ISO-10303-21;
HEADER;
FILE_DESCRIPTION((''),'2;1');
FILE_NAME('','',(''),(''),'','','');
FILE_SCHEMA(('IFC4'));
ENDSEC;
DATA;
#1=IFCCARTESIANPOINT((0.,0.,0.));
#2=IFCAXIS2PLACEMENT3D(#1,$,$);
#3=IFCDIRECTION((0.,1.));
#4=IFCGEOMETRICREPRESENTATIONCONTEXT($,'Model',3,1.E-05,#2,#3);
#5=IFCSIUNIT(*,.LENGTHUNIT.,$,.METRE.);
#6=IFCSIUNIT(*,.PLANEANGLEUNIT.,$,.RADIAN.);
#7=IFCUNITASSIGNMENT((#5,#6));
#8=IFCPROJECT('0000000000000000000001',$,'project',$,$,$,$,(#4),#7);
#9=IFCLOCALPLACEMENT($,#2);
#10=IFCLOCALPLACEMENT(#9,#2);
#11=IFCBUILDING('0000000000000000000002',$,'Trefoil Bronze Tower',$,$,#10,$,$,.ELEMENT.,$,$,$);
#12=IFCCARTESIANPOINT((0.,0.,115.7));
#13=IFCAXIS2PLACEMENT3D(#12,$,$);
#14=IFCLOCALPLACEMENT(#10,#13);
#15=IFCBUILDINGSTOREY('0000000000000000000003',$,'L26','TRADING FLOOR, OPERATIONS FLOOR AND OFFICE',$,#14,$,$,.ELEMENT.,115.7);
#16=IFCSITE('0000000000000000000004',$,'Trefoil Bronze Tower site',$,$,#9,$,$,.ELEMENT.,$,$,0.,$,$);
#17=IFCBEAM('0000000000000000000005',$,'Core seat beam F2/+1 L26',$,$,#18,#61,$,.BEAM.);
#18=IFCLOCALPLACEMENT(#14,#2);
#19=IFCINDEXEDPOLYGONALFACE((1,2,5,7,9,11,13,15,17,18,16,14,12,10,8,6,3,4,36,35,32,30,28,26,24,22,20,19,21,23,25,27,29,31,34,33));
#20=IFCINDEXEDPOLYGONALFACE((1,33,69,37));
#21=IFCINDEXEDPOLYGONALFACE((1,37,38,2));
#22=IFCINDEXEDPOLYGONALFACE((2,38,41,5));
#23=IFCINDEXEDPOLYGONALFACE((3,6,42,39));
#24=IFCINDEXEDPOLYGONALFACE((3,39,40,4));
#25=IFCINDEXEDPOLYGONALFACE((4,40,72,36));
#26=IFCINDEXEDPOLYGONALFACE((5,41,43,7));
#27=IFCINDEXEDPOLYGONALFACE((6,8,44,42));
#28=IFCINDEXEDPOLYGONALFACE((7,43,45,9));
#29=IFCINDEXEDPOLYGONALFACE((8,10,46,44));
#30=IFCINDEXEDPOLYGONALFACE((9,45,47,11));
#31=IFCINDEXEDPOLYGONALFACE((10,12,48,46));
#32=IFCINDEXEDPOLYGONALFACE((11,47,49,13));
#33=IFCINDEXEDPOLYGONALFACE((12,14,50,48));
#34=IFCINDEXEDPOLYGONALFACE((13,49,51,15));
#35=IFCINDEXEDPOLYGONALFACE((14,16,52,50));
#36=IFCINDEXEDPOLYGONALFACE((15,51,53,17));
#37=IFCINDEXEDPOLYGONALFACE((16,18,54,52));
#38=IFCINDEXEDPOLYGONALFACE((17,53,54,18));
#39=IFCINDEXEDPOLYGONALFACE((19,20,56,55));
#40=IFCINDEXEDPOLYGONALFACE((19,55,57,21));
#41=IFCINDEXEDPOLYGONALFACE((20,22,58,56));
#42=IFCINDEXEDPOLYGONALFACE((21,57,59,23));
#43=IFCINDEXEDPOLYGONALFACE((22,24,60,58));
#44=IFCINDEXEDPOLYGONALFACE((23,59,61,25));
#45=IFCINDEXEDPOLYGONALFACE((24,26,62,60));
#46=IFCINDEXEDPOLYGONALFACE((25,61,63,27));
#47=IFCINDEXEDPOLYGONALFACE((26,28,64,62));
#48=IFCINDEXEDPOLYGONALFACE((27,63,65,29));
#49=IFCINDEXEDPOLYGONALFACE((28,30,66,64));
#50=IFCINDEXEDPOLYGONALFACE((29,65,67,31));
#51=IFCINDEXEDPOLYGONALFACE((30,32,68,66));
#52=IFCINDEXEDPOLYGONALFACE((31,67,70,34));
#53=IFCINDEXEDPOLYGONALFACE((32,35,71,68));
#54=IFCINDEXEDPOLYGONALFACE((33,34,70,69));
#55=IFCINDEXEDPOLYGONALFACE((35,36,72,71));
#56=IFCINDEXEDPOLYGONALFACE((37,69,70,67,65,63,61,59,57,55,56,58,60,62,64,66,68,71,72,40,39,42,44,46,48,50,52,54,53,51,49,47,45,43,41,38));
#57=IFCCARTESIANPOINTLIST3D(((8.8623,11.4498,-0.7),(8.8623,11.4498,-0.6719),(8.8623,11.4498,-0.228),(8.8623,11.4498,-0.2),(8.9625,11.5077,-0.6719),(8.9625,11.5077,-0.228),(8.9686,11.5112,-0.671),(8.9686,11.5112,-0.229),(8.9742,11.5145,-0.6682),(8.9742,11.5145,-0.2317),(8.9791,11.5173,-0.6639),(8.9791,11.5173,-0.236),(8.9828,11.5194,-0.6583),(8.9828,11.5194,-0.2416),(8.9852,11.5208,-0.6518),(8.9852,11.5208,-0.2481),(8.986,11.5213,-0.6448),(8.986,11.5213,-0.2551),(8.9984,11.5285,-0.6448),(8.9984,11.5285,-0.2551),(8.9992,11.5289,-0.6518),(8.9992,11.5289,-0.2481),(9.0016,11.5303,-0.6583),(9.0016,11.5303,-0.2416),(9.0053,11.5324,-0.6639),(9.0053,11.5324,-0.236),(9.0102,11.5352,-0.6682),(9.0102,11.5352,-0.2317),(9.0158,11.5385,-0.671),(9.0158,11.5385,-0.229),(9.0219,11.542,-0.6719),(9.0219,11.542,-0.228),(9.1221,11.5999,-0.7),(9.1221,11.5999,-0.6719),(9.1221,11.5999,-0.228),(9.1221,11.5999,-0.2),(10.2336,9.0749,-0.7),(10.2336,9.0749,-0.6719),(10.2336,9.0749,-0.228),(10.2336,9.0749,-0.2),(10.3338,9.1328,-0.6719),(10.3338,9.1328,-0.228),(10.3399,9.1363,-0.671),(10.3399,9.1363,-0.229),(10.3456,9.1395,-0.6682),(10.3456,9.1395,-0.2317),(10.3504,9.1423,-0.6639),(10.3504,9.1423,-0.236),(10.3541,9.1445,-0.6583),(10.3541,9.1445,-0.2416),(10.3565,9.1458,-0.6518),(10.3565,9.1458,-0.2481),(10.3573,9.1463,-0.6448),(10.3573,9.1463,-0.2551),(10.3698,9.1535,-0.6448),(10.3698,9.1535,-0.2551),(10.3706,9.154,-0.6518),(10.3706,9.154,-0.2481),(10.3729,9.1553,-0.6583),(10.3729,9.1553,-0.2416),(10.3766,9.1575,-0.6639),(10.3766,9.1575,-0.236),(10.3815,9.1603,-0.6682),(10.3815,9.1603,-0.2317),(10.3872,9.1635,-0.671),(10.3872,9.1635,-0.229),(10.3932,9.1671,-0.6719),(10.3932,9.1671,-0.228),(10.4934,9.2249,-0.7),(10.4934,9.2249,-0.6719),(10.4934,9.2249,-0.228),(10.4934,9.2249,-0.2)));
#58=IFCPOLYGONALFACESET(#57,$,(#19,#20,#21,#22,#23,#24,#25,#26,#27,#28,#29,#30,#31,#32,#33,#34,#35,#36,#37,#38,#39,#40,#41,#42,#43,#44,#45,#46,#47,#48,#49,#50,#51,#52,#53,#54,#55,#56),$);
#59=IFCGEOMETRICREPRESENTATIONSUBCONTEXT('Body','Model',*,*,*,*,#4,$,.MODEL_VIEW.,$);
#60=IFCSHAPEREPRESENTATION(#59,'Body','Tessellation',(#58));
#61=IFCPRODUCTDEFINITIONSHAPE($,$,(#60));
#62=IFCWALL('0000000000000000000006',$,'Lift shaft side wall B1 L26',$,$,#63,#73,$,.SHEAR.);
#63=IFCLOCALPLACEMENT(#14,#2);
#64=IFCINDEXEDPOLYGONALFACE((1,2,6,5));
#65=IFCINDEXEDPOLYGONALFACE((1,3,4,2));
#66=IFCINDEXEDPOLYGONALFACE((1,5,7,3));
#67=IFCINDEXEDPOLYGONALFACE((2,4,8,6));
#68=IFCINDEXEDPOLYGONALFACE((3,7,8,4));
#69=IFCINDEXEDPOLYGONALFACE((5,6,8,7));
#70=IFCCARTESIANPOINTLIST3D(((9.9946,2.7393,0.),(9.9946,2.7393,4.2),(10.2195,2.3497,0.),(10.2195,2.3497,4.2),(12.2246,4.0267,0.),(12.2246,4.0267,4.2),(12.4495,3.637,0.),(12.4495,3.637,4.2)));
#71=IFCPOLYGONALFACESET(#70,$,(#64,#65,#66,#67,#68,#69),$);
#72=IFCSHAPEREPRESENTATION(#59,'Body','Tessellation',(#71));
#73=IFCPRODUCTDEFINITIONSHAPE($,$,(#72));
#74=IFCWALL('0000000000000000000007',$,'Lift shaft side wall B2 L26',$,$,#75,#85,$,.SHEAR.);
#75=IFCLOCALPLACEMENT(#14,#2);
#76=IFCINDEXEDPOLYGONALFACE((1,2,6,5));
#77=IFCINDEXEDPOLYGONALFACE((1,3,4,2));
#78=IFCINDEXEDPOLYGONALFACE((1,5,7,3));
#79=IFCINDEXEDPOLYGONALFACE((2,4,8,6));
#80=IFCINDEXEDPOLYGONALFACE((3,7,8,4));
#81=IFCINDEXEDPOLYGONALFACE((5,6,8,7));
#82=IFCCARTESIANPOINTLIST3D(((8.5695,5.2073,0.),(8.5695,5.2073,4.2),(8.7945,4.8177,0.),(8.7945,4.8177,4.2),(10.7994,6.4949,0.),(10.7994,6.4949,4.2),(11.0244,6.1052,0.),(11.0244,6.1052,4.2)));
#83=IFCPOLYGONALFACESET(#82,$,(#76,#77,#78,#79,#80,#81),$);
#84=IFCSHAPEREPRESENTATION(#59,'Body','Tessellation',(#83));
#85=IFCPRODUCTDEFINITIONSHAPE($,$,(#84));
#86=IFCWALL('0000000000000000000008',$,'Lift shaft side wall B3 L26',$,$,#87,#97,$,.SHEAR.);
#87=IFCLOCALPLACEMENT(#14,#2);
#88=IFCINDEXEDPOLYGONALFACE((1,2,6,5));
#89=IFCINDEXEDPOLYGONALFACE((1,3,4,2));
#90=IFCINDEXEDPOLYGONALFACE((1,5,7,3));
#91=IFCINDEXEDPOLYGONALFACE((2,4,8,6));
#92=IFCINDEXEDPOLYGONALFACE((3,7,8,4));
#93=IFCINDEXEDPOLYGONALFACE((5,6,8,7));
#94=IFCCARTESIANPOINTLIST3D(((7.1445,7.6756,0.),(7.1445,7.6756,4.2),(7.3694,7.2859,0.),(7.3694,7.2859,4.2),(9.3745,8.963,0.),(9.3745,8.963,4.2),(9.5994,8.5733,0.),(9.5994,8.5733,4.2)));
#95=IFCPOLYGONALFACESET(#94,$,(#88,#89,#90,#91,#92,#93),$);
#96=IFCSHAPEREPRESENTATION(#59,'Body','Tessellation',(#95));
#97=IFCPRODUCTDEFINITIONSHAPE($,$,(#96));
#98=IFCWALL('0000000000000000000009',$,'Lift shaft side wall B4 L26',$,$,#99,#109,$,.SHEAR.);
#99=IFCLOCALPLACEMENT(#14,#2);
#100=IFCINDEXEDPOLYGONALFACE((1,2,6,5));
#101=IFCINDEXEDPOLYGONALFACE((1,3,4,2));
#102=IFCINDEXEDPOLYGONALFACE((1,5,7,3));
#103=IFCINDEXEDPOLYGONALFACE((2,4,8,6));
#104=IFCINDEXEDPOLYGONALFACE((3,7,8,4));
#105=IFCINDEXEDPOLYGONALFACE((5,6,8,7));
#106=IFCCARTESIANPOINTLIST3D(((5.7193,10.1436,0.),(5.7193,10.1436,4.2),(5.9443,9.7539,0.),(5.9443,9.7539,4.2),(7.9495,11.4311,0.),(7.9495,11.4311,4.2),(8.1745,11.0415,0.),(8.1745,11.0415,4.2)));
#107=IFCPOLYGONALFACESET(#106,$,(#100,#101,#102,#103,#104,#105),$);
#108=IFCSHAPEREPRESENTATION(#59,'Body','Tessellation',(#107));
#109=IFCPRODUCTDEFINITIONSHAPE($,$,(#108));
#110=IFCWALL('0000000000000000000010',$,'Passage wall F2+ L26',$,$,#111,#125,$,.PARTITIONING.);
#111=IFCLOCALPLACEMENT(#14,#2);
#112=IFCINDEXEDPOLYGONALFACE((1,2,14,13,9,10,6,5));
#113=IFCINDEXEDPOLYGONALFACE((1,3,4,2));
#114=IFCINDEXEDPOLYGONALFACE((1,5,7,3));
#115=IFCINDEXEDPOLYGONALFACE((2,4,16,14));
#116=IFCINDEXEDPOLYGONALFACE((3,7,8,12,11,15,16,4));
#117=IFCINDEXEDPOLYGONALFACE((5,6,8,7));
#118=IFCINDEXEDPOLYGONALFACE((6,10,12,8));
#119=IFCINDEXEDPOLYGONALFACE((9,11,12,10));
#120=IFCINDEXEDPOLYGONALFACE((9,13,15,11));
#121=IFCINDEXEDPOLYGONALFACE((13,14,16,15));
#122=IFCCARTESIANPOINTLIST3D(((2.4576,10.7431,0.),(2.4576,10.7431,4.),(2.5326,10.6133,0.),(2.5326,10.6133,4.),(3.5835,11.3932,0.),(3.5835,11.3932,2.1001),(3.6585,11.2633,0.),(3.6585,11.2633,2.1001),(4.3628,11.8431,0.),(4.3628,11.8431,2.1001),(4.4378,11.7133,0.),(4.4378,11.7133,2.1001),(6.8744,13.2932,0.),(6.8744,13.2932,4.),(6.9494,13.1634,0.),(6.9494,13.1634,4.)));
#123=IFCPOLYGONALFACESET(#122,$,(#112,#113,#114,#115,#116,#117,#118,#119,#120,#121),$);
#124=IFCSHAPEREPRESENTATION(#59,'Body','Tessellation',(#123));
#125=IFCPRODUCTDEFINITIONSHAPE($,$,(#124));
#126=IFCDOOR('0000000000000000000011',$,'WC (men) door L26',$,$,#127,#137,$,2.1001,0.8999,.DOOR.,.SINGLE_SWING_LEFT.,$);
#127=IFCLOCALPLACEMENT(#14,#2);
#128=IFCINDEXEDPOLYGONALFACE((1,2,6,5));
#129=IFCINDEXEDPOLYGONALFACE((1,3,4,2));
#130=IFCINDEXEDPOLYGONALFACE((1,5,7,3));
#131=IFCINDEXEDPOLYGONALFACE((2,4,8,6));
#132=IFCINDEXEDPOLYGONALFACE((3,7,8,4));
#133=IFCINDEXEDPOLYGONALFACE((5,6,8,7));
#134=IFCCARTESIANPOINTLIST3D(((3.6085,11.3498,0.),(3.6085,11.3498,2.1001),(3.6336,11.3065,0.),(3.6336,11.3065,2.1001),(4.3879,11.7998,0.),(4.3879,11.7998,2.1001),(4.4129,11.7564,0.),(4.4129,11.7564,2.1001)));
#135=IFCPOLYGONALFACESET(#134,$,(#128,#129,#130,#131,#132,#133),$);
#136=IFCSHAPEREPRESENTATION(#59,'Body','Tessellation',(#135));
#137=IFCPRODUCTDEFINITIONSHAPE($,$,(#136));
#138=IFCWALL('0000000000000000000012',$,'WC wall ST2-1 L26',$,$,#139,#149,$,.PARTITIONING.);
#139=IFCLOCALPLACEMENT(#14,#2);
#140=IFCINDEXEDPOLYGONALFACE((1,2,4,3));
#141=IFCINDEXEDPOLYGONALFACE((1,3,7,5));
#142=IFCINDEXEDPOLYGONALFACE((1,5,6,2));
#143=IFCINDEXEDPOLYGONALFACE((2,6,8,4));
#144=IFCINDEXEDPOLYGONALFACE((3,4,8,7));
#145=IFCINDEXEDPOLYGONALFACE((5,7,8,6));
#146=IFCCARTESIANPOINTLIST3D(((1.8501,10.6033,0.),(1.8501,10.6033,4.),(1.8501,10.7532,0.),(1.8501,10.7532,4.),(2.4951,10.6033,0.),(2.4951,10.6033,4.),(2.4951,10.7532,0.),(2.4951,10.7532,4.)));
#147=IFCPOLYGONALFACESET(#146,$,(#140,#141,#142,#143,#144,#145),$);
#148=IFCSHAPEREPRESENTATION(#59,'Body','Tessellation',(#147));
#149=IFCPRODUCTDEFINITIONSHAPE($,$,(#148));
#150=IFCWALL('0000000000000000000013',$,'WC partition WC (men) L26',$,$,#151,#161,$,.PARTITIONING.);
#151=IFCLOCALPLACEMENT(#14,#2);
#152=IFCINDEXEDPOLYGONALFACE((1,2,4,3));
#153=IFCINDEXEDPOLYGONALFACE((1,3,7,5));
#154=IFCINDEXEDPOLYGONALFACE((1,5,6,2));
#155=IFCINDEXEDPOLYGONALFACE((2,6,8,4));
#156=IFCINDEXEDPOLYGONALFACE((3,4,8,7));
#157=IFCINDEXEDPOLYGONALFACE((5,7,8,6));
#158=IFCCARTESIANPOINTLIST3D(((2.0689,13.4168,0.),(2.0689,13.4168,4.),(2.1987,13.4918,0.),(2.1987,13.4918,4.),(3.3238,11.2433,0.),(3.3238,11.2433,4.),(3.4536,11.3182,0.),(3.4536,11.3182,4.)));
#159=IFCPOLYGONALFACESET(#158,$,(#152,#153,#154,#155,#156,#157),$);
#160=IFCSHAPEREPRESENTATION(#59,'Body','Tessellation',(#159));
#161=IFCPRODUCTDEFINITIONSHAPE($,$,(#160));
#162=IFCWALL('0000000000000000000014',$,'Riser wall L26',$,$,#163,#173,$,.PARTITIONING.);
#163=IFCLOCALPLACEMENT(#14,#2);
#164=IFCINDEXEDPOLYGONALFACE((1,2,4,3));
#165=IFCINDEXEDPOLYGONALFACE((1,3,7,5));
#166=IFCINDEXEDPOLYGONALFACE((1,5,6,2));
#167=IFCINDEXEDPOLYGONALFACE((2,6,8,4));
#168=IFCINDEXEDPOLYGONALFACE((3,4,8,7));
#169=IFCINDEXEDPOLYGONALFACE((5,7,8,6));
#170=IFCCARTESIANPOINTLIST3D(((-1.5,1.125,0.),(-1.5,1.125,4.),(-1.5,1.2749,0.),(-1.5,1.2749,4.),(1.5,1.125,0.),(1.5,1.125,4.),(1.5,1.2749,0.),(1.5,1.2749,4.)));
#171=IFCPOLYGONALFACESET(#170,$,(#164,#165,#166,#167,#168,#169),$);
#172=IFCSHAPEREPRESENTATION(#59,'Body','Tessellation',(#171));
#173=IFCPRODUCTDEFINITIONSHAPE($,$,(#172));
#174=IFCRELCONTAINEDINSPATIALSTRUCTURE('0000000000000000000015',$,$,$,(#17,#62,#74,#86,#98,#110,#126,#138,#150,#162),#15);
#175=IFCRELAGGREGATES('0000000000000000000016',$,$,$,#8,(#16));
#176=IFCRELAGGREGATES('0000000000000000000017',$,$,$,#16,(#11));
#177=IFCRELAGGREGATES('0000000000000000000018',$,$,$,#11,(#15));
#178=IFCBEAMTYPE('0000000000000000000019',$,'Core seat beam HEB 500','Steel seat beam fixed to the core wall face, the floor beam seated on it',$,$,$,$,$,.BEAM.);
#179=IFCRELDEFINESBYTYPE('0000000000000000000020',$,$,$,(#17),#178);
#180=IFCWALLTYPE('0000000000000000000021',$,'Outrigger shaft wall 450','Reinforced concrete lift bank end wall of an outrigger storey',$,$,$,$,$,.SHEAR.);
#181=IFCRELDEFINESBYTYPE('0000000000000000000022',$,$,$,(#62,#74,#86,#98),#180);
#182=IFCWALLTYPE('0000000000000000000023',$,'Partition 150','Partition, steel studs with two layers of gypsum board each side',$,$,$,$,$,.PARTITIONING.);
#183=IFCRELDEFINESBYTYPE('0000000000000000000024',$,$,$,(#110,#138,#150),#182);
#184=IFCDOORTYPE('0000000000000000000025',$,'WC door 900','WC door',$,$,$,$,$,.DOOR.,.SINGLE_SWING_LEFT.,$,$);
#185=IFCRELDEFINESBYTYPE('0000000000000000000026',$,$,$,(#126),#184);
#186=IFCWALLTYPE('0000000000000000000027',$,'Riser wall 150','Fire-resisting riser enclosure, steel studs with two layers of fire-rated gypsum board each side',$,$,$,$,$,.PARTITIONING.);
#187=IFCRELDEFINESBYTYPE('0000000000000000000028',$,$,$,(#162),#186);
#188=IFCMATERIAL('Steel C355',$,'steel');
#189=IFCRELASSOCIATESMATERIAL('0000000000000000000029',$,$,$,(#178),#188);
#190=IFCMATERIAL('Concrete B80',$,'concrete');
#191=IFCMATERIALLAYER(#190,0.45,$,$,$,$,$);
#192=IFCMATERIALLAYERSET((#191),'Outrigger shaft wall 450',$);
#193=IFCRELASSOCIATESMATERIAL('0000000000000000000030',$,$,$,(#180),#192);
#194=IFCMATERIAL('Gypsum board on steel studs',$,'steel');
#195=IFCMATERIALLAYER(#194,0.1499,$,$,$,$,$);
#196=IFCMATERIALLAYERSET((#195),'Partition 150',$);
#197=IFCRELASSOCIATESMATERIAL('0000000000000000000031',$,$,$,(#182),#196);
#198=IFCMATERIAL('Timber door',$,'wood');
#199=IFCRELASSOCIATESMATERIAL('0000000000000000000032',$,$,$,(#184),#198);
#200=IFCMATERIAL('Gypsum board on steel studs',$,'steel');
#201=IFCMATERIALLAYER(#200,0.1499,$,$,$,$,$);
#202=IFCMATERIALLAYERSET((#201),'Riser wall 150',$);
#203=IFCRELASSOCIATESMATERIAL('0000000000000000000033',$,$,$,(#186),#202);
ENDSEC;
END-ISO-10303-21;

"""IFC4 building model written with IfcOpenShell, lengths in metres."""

from ifc_helpers import new_model, si_unit, direction, frame, frame_2d, origin, origin_2d, place, context, subcontext, project, spatial, rectangle, i_section, extrude, material, layer, layer_set, material_profile, profile_set, type_object, element, fill, save


model = new_model("IFC4")

# Units and contexts
model_context = context("Model", 3, precision=1e-05, world=origin(), true_north=direction((0.0, 1.0)))
body_context = subcontext(model_context, "Body", "Model", "MODEL_VIEW")
ifc_project = project(units=[si_unit("LENGTHUNIT", "METRE"), si_unit("PLANEANGLEUNIT", "RADIAN")], contexts=[model_context])

# Site, building, storey
site_placement = place(None, origin())
site = spatial("IfcSite", under=ifc_project, at=site_placement, Name="Trefoil Bronze Tower site", CompositionType="ELEMENT", RefElevation=0.0)
building_placement = place(site_placement, origin())
building = spatial("IfcBuilding", under=site, at=building_placement, Name="Trefoil Bronze Tower", CompositionType="ELEMENT")
storey_placement = place(building_placement, frame((0.0, 0.0, 115.7)))
storey = spatial("IfcBuildingStorey", under=building, at=storey_placement, Name="L26", Description="TRADING FLOOR, OPERATIONS FLOOR AND OFFICE", CompositionType="ELEMENT", Elevation=115.7)

# Beam
ifc_material_1 = material(Name="Steel C355", Category="steel")
ifc_material_profile = material_profile(ifc_material_1, i_section(OverallWidth=0.3, OverallDepth=0.5, WebThickness=0.0144, FlangeThickness=0.0281, FilletRadius=0.0271, at=origin_2d()), Name="HEB 500")
ifc_profile_set = profile_set([ifc_material_profile], Name="Steel C355")
beam_type = type_object("IfcBeamType", Name="Core seat beam HEB 500", Description="Steel seat beam fixed to the core wall face, the floor beam seated on it", PredefinedType="BEAM", material=ifc_profile_set)
beam_placement = place(storey_placement, frame((10.3635, 9.1499, -0.45), z_axis=(-0.500036, 0.866005, 0.0), x_axis=(-0.866005, -0.500036, 0.0)))
element("IfcBeam", 1, at=beam_placement, inside=storey, type_object=beam_type, Name="Core seat beam F2/+1 L26", PredefinedType="BEAM", context=body_context, shape_type="SweptSolid", body=[
    extrude(i_section(OverallWidth=0.3, OverallDepth=0.5, WebThickness=0.0144, FlangeThickness=0.0281, FilletRadius=0.0271, at=origin_2d()), origin(), (0.0, 0.0, 1.0), 2.7424),
])

# Walls
ifc_material_2 = material(Name="Concrete B80", Category="concrete")
ifc_layer_1 = layer(ifc_material_2, 0.45)
ifc_layer_set_1 = layer_set([ifc_layer_1], Name="Outrigger shaft wall 450")
wall_type_1 = type_object("IfcWallType", Name="Outrigger shaft wall 450", Description="Reinforced concrete lift bank end wall of an outrigger storey", PredefinedType="SHEAR", material=ifc_layer_set_1)
for number, where, z_axis, x_axis, name in (
    (2, (10.1069, 2.5444, 0.0), (0.0, 0.0, 1.0), (0.866047, 0.499963, 0.0), "Lift shaft side wall B1 L26"),
    (3, (8.6819, 5.0125, 0.0), (0.0, 0.0, 1.0), (0.866006, 0.500034, 0.0), "Lift shaft side wall B2 L26"),
    (4, (7.2568, 7.4807, 0.0), (0.0, 0.0, 1.0), (0.866047, 0.499963, 0.0), "Lift shaft side wall B3 L26"),
):
    element("IfcWall", number, at=place(storey_placement, frame(where, z_axis=z_axis, x_axis=x_axis)), inside=storey, type_object=wall_type_1, Name=name, PredefinedType="SHEAR", context=body_context, shape_type="SweptSolid", body=[
        extrude(rectangle(XDim=2.575, YDim=0.45, at=frame_2d((1.2876, 0.0))), origin(), (0.0, 0.0, 1.0), 4.2),
    ])
wall_1_placement = place(storey_placement, frame((5.8318, 9.9487, 0.0), z_axis=(0.0, 0.0, 1.0), x_axis=(0.866029, 0.499993, 0.0)))
element("IfcWall", 5, at=wall_1_placement, inside=storey, type_object=wall_type_1, Name="Lift shaft side wall B4 L26", PredefinedType="SHEAR", context=body_context, shape_type="SweptSolid", body=[
    extrude(rectangle(XDim=2.5752, YDim=0.45, at=frame_2d((1.2876, 0.0))), origin(), (0.0, 0.0, 1.0), 4.2),
])

# Wall, opening, door
ifc_material_3 = material(Name="Gypsum board on steel studs", Category="steel")
ifc_layer_2 = layer(ifc_material_3, 0.1499)
ifc_layer_set_2 = layer_set([ifc_layer_2], Name="Partition 150")
wall_type_2 = type_object("IfcWallType", Name="Partition 150", Description="Partition, steel studs with two layers of gypsum board each side", PredefinedType="PARTITIONING", material=ifc_layer_set_2)
wall_2_placement = place(storey_placement, frame((2.4951, 10.6782, 0.0), z_axis=(0.0, 0.0, 1.0), x_axis=(0.866022, 0.500006, 0.0)))
wall_2 = element("IfcWall", 6, at=wall_2_placement, inside=storey, type_object=wall_type_2, Name="Passage wall F2+ L26", PredefinedType="PARTITIONING", context=body_context, shape_type="SweptSolid", body=[
    extrude(rectangle(XDim=5.1001, YDim=0.1499, at=frame_2d((2.55, 0.0))), origin(), (0.0, 0.0, 1.0), 4.0),
])
opening_1_placement = place(wall_2_placement, frame((1.3, 0.0, 0.0)))
opening_1 = element("IfcOpeningElement", 7, at=opening_1_placement, cuts=wall_2, PredefinedType="OPENING", context=body_context, shape_type="SweptSolid", body=[
    extrude(rectangle(XDim=0.8999, YDim=2.1001, at=frame_2d((0.45, 1.05))), frame((0.0, 0.085, 0.0), z_axis=(0.0, -1.0, 0.0), x_axis=(1.0, 0.0, 0.0)), (0.0, 0.0, 1.0), 0.1699),
])
ifc_material_4 = material(Name="Timber door", Category="wood")
door_type_1 = type_object("IfcDoorType", Name="WC door 900", Description="WC door", OperationType="SINGLE_SWING_LEFT", PredefinedType="DOOR", material=ifc_material_4)
door_1_placement = place(opening_1_placement, origin())
door_1 = element("IfcDoor", 8, at=door_1_placement, inside=storey, type_object=door_type_1, Name="WC (men) door L26", OperationType="SINGLE_SWING_LEFT", OverallHeight=2.1001, OverallWidth=0.8999, PredefinedType="DOOR", context=body_context, shape_type="SweptSolid", body=[
    extrude(rectangle(XDim=0.8999, YDim=2.1001, at=frame_2d((0.45, 1.05))), frame((0.0, 0.0249, 0.0), z_axis=(0.0, -1.0, 0.0), x_axis=(1.0, 0.0, 0.0)), (0.0, 0.0, 1.0), 0.05),
])
fill(opening_1, door_1)

# Walls
wall_3_placement = place(storey_placement, frame((2.4951, 10.6782, 0.0), z_axis=(0.0, 0.0, 1.0), x_axis=(-1.0, 0.0, 0.0)))
element("IfcWall", 9, at=wall_3_placement, inside=storey, type_object=wall_type_2, Name="WC wall ST2-1 L26", PredefinedType="PARTITIONING", context=body_context, shape_type="SweptSolid", body=[
    extrude(rectangle(XDim=0.645, YDim=0.1499, at=frame_2d((0.3225, 0.0))), origin(), (0.0, 0.0, 1.0), 4.0),
])
wall_4_placement = place(storey_placement, frame((3.3887, 11.2808, 0.0), z_axis=(0.0, 0.0, 1.0), x_axis=(-0.499989, 0.866032, 0.0)))
element("IfcWall", 10, at=wall_4_placement, inside=storey, type_object=wall_type_2, Name="WC partition WC (men) L26", PredefinedType="PARTITIONING", context=body_context, shape_type="SweptSolid", body=[
    extrude(rectangle(XDim=2.5098, YDim=0.1499, at=frame_2d((1.2549, 0.0))), origin(), (0.0, 0.0, 1.0), 4.0),
])
ifc_material_5 = material(Name="Gypsum board on steel studs", Category="steel")
ifc_layer_3 = layer(ifc_material_5, 0.1499)
ifc_layer_set_3 = layer_set([ifc_layer_3], Name="Riser wall 150")
wall_type_3 = type_object("IfcWallType", Name="Riser wall 150", Description="Fire-resisting riser enclosure, steel studs with two layers of fire-rated gypsum board each side", PredefinedType="PARTITIONING", material=ifc_layer_set_3)
wall_5_placement = place(storey_placement, frame((1.5, 1.2, 0.0), z_axis=(0.0, 0.0, 1.0), x_axis=(-1.0, 0.0, 0.0)))
element("IfcWall", 11, at=wall_5_placement, inside=storey, type_object=wall_type_3, Name="Riser wall L26", PredefinedType="PARTITIONING", context=body_context, shape_type="SweptSolid", body=[
    extrude(rectangle(XDim=3.0, YDim=0.1499, at=frame_2d((1.5, 0.0))), origin(), (0.0, 0.0, 1.0), 4.0),
])

save(model, "model.ifc")
